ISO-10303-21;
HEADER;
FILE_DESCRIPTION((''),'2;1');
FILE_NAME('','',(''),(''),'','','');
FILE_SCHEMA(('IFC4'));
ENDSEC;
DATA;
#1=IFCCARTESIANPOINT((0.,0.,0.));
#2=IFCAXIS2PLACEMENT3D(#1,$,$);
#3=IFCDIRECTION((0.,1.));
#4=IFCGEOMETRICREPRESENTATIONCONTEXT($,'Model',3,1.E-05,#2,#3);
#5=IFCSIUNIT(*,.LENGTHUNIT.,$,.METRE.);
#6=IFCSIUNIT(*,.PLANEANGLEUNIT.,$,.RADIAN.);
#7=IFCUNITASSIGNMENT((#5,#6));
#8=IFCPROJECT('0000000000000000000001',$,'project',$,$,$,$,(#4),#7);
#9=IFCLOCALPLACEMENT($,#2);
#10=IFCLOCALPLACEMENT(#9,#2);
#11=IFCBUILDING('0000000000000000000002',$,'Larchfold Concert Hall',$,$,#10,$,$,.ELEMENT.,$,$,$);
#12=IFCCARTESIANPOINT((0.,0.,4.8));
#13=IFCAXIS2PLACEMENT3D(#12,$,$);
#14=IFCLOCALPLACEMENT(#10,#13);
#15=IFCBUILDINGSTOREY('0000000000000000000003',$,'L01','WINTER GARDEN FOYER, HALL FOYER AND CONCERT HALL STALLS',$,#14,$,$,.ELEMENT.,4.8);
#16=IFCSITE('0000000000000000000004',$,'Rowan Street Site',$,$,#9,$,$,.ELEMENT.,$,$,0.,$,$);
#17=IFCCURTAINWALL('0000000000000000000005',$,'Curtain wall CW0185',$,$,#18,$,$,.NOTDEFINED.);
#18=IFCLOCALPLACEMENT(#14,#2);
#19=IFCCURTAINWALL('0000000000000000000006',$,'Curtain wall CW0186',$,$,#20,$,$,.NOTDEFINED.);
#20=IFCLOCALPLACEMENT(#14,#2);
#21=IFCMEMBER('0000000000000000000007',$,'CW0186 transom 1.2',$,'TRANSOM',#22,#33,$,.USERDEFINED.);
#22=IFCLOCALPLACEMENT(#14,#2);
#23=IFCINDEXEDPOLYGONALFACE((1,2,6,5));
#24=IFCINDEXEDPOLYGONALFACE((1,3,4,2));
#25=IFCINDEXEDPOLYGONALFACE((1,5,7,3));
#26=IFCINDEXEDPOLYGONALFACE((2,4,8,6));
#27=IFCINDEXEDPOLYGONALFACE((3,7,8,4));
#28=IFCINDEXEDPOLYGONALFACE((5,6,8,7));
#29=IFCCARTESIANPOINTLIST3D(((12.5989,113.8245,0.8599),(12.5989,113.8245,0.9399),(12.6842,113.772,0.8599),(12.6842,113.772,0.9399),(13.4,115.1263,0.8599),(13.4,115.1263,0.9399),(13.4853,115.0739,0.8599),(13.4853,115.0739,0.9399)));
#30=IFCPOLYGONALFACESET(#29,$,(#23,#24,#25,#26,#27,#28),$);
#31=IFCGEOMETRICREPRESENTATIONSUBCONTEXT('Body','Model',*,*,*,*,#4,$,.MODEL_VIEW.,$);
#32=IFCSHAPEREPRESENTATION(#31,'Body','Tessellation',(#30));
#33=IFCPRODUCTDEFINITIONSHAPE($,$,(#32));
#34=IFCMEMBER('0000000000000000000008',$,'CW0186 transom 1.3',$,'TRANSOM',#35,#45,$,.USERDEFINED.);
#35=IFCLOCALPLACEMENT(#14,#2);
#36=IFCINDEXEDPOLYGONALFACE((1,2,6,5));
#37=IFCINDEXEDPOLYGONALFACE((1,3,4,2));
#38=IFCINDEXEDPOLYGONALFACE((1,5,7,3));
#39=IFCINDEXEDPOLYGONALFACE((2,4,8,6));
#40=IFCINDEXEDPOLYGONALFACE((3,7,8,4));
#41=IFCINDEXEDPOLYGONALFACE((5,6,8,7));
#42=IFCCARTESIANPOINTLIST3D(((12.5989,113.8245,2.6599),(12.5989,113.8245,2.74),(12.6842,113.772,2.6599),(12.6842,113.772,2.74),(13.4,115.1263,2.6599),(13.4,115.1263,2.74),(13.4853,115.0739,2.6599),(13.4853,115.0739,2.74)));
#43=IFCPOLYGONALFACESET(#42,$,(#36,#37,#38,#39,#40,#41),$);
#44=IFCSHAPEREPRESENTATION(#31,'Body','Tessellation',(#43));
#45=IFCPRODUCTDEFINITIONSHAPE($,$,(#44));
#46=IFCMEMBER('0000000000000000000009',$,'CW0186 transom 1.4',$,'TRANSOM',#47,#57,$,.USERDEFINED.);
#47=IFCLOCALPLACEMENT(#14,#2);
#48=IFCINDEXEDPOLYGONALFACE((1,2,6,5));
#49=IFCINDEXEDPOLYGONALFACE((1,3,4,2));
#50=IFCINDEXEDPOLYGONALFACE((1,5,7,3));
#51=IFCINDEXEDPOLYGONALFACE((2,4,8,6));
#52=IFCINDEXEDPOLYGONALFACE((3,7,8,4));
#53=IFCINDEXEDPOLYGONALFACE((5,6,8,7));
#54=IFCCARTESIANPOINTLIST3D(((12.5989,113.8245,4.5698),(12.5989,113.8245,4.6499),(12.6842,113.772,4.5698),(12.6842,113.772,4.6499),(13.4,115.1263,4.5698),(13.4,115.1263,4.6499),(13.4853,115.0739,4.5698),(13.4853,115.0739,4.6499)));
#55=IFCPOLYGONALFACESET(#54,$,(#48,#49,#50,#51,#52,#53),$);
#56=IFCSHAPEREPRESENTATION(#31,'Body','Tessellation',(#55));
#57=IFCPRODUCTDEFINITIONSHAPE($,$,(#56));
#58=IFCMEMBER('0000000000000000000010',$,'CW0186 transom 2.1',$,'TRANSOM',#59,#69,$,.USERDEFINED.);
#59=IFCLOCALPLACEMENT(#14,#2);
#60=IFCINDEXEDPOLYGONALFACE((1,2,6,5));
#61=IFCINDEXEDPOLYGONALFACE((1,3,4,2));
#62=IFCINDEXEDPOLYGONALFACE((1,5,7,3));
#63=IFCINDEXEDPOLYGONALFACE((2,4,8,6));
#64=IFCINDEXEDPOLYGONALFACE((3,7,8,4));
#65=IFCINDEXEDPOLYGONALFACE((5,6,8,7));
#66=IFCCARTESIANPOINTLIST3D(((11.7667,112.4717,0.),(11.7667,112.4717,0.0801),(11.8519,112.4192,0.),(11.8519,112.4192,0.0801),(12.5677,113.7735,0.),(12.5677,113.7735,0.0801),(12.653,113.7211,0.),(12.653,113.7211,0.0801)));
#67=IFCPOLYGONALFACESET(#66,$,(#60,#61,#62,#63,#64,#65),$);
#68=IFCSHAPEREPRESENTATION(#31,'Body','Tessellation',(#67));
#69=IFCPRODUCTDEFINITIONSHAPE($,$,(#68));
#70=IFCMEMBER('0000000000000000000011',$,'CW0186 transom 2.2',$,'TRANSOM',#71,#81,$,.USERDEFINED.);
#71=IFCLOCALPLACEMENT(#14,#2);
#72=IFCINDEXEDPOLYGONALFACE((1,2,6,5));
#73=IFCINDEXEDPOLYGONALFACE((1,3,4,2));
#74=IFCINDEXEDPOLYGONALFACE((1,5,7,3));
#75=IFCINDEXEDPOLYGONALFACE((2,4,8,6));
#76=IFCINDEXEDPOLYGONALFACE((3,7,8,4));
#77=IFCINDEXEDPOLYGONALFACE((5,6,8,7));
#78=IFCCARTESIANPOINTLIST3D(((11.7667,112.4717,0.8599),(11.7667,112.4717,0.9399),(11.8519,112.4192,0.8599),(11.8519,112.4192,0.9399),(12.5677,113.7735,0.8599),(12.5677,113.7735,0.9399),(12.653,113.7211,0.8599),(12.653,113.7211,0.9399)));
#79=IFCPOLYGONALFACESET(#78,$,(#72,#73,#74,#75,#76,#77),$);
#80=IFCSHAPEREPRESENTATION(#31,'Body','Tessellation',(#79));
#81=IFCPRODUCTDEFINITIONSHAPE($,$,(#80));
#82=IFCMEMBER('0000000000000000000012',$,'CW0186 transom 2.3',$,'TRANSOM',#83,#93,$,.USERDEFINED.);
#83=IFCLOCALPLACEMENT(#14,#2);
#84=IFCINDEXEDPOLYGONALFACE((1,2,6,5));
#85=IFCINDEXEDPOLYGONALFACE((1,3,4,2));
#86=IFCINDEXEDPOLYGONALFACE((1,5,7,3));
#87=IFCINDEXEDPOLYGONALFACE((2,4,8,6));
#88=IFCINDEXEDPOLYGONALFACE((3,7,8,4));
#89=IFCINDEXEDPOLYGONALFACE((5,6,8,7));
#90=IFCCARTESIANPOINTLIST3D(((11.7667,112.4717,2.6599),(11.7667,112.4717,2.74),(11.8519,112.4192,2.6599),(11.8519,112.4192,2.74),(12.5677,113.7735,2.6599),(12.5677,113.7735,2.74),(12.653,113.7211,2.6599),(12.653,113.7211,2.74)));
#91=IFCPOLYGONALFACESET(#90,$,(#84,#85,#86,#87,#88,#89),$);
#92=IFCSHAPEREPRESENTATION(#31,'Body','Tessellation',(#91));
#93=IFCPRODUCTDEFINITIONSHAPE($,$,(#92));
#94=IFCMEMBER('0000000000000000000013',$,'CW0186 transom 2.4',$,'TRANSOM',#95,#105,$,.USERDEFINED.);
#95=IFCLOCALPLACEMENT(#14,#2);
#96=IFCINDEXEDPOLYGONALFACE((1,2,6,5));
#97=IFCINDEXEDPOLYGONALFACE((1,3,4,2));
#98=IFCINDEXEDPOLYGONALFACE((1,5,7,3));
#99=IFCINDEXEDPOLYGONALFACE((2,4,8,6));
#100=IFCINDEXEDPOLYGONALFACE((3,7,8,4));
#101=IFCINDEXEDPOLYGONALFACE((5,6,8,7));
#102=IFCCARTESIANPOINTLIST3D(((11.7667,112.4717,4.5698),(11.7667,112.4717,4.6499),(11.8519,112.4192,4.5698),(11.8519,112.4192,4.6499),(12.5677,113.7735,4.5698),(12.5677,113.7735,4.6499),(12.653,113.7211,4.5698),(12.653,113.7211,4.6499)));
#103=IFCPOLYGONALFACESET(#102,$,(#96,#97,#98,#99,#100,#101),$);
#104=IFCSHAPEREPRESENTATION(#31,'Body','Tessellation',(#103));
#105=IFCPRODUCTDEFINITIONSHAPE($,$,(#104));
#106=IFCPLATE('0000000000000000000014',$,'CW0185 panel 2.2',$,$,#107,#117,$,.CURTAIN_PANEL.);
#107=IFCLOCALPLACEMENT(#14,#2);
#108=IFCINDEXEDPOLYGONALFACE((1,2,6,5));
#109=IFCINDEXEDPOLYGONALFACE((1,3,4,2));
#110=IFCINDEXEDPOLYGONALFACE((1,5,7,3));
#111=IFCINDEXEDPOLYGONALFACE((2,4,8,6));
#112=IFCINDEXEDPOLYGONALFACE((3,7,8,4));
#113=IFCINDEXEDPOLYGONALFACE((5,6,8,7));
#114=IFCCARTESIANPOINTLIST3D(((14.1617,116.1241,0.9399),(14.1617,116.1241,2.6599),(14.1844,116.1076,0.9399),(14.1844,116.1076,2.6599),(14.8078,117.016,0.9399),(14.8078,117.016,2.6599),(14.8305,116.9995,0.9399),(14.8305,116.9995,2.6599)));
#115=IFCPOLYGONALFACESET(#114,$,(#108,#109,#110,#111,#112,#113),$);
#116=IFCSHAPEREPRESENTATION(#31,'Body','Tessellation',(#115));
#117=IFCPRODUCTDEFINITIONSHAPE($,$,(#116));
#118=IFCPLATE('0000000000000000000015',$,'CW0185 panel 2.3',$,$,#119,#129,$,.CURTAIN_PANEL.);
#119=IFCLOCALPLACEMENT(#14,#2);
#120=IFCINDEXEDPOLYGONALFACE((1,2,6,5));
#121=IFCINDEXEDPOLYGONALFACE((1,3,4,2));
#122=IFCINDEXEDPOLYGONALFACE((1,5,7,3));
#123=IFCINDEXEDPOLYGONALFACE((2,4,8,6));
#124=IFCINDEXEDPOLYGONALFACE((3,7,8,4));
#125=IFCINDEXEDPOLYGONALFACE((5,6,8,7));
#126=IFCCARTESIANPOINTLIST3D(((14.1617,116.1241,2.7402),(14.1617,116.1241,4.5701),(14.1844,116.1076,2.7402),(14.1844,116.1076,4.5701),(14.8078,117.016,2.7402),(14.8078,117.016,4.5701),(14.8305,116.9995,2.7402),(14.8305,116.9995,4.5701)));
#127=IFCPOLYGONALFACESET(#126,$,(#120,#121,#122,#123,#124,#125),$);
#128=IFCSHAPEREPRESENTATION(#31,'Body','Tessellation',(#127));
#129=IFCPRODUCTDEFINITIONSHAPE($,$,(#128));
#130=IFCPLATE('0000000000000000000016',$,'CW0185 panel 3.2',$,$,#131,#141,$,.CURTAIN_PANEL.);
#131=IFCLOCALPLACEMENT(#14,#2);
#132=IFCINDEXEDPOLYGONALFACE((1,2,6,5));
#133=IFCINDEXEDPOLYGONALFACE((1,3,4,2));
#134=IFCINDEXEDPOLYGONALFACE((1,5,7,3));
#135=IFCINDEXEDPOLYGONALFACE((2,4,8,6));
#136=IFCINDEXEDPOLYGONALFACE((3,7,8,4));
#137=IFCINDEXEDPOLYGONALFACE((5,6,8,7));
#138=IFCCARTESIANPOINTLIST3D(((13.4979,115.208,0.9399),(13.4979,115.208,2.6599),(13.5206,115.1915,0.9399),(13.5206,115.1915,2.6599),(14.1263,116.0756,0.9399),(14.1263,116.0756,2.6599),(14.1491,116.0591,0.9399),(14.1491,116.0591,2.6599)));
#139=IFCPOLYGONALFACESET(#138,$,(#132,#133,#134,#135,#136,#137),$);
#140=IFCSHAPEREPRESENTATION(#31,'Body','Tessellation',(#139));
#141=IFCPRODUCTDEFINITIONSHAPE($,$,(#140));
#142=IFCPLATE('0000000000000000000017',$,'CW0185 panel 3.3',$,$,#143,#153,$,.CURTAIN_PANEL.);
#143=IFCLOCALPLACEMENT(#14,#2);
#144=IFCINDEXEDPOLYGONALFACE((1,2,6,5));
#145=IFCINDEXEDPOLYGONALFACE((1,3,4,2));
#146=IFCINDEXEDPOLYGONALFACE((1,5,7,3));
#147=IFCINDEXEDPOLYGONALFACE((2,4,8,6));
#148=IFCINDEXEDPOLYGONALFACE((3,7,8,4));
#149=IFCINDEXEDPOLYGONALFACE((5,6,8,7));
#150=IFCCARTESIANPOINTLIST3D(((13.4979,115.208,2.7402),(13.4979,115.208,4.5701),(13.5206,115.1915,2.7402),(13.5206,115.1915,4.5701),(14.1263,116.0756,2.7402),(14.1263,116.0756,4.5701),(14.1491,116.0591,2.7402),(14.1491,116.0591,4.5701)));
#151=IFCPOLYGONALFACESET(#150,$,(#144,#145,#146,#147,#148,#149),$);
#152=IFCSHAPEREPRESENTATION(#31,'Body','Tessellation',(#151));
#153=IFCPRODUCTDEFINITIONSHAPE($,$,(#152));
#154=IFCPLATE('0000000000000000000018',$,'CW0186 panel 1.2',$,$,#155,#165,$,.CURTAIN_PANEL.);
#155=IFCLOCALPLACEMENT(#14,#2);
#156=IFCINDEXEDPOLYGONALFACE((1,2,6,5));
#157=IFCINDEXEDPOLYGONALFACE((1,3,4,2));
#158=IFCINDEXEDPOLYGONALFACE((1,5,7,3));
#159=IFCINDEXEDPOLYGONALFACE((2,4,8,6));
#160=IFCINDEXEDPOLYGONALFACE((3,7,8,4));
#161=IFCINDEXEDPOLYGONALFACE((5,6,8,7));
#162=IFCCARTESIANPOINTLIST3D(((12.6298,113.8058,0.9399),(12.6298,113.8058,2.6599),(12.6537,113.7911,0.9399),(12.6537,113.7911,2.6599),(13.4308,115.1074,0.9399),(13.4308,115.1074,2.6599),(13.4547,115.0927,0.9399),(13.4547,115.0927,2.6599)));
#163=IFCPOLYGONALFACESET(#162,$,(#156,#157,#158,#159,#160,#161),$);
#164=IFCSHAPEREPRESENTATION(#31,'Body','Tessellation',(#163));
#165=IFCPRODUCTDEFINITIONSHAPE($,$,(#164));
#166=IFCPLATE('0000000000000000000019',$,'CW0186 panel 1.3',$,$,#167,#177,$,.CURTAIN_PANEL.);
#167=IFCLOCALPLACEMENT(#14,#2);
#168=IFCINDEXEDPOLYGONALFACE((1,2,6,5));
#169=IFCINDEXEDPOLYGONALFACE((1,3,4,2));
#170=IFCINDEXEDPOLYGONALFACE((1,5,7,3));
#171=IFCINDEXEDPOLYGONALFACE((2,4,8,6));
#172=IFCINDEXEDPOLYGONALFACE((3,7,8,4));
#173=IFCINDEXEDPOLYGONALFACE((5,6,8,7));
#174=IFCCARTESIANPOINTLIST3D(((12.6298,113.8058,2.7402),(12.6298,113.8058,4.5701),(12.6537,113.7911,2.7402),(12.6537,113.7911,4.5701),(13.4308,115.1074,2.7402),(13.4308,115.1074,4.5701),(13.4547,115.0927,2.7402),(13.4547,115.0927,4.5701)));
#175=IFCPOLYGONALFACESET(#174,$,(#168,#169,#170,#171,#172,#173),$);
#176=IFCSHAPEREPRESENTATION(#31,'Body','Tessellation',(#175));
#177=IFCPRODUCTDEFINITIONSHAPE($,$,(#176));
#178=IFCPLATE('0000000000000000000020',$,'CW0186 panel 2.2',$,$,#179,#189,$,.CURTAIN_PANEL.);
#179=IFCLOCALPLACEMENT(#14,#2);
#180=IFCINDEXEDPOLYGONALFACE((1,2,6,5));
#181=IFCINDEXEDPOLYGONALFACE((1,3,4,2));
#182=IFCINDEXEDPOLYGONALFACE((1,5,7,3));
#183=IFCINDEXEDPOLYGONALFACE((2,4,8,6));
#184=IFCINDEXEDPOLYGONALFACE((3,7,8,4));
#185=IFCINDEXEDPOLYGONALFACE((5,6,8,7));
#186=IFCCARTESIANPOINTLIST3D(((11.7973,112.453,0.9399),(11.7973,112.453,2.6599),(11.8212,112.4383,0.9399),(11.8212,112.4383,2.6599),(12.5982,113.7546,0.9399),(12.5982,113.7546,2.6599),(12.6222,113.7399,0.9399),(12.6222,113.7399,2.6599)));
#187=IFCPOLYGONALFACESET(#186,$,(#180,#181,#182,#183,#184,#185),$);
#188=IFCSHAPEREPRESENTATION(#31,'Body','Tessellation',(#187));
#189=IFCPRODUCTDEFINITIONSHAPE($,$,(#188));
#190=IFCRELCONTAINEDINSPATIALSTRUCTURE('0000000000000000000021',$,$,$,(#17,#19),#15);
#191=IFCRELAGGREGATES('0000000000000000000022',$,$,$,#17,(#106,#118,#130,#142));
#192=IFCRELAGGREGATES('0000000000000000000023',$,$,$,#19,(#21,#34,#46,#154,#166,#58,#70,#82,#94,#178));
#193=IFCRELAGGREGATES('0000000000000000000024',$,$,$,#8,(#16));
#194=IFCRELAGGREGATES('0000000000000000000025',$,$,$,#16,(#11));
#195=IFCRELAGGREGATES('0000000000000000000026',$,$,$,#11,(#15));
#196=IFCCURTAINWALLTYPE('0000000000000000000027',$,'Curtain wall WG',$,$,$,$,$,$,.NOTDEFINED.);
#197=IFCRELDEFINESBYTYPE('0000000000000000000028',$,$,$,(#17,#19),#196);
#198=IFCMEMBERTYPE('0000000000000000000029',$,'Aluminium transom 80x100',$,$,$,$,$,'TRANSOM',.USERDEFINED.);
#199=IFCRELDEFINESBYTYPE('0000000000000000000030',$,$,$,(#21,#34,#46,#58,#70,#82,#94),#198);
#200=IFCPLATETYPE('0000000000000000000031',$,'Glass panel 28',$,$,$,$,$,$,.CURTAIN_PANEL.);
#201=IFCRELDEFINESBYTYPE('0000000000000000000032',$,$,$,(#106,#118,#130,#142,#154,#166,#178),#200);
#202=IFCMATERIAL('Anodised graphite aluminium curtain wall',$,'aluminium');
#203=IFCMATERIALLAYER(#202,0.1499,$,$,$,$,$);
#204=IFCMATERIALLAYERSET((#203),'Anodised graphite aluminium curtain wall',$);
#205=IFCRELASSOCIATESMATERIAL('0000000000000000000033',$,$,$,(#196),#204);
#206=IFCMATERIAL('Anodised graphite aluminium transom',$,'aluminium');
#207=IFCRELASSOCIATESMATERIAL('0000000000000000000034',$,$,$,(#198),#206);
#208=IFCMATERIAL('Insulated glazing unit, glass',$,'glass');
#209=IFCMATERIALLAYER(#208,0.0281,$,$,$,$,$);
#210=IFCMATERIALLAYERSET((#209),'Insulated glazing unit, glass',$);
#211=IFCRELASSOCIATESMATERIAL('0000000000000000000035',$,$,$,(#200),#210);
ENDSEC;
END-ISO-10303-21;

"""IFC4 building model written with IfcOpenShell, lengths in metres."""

from ifc_helpers import new_model, si_unit, direction, frame, origin, origin_2d, place, context, subcontext, project, spatial, rectangle, extrude, material, layer, layer_set, material_profile, profile_set, type_object, element, aggregate, save


model = new_model("IFC4")

# Units and contexts
model_context = context("Model", 3, precision=1e-05, world=origin(), true_north=direction((0.0, 1.0)))
body_context = subcontext(model_context, "Body", "Model", "MODEL_VIEW")
ifc_project = project(units=[si_unit("LENGTHUNIT", "METRE"), si_unit("PLANEANGLEUNIT", "RADIAN")], contexts=[model_context])

# Site, building, storey
site_placement = place(None, origin())
site = spatial("IfcSite", under=ifc_project, at=site_placement, Name="Rowan Street Site", CompositionType="ELEMENT", RefElevation=0.0)
building_placement = place(site_placement, origin())
building = spatial("IfcBuilding", under=site, at=building_placement, Name="Larchfold Concert Hall", CompositionType="ELEMENT")
storey_placement = place(building_placement, frame((0.0, 0.0, 4.8)))
storey = spatial("IfcBuildingStorey", under=building, at=storey_placement, Name="L01", Description="WINTER GARDEN FOYER, HALL FOYER AND CONCERT HALL STALLS", CompositionType="ELEMENT", Elevation=4.8)

# Curtain walls
ifc_material_1 = material(Name="Anodised graphite aluminium curtain wall", Category="aluminium")
ifc_layer_1 = layer(ifc_material_1, 0.1499)
ifc_layer_set_1 = layer_set([ifc_layer_1], Name="Anodised graphite aluminium curtain wall")
curtain_wall_type = type_object("IfcCurtainWallType", Name="Curtain wall WG", PredefinedType="NOTDEFINED", material=ifc_layer_set_1)
curtain_wall_1_placement = place(storey_placement, origin())
curtain_wall_1 = element("IfcCurtainWall", 1, at=curtain_wall_1_placement, inside=storey, type_object=curtain_wall_type, Name="Curtain wall CW0185", PredefinedType="NOTDEFINED")
curtain_wall_2_placement = place(storey_placement, origin())
curtain_wall_2 = element("IfcCurtainWall", 2, at=curtain_wall_2_placement, inside=storey, type_object=curtain_wall_type, Name="Curtain wall CW0186", PredefinedType="NOTDEFINED")

# Members
ifc_material_2 = material(Name="Anodised graphite aluminium transom", Category="aluminium")
ifc_material_profile_1 = material_profile(ifc_material_2, rectangle(XDim=0.1001, YDim=0.0801, at=origin_2d()))
ifc_profile_set_1 = profile_set([ifc_material_profile_1], Name="Anodised graphite aluminium transom")
member_type_1 = type_object("IfcMemberType", Name="Aluminium transom 80x100", ElementType="TRANSOM", PredefinedType="USERDEFINED", material=ifc_profile_set_1)
member_1_placement = place(storey_placement, frame((13.4426, 115.1001, 0.8999), z_axis=(-0.524071, -0.851675, 0.0), x_axis=(0.851675, -0.524071, 0.0)))
member_1 = element("IfcMember", 3, at=member_1_placement, type_object=member_type_1, Name="CW0186 transom 1.2", ObjectType="TRANSOM", PredefinedType="USERDEFINED", context=body_context, shape_type="SweptSolid", body=[
    extrude(rectangle(XDim=0.1001, YDim=0.0801, at=origin_2d()), origin(), (0.0, 0.0, 1.0), 1.5286),
])
member_2_placement = place(storey_placement, frame((13.4426, 115.1001, 2.7), z_axis=(-0.524071, -0.851675, 0.0), x_axis=(0.851675, -0.524071, 0.0)))
member_2 = element("IfcMember", 4, at=member_2_placement, type_object=member_type_1, Name="CW0186 transom 1.3", ObjectType="TRANSOM", PredefinedType="USERDEFINED", context=body_context, shape_type="SweptSolid", body=[
    extrude(rectangle(XDim=0.1001, YDim=0.0801, at=origin_2d()), origin(), (0.0, 0.0, 1.0), 1.5286),
])
member_3_placement = place(storey_placement, frame((13.4426, 115.1001, 4.6099), z_axis=(-0.524071, -0.851675, 0.0), x_axis=(0.851675, -0.524071, 0.0)))
member_3 = element("IfcMember", 5, at=member_3_placement, type_object=member_type_1, Name="CW0186 transom 1.4", ObjectType="TRANSOM", PredefinedType="USERDEFINED", context=body_context, shape_type="SweptSolid", body=[
    extrude(rectangle(XDim=0.1001, YDim=0.0801, at=origin_2d()), origin(), (0.0, 0.0, 1.0), 1.5286),
])
member_4_placement = place(storey_placement, frame((12.6104, 113.7473, 0.04), z_axis=(-0.524071, -0.851675, 0.0), x_axis=(0.851675, -0.524071, 0.0)))
member_4 = element("IfcMember", 6, at=member_4_placement, type_object=member_type_1, Name="CW0186 transom 2.1", ObjectType="TRANSOM", PredefinedType="USERDEFINED", context=body_context, shape_type="SweptSolid", body=[
    extrude(rectangle(XDim=0.1001, YDim=0.0801, at=origin_2d()), origin(), (0.0, 0.0, 1.0), 1.5286),
])
member_5_placement = place(storey_placement, frame((12.6104, 113.7473, 0.8999), z_axis=(-0.524071, -0.851675, 0.0), x_axis=(0.851675, -0.524071, 0.0)))
member_5 = element("IfcMember", 7, at=member_5_placement, type_object=member_type_1, Name="CW0186 transom 2.2", ObjectType="TRANSOM", PredefinedType="USERDEFINED", context=body_context, shape_type="SweptSolid", body=[
    extrude(rectangle(XDim=0.1001, YDim=0.0801, at=origin_2d()), origin(), (0.0, 0.0, 1.0), 1.5286),
])
member_6_placement = place(storey_placement, frame((12.6104, 113.7473, 2.7), z_axis=(-0.524071, -0.851675, 0.0), x_axis=(0.851675, -0.524071, 0.0)))
member_6 = element("IfcMember", 8, at=member_6_placement, type_object=member_type_1, Name="CW0186 transom 2.3", ObjectType="TRANSOM", PredefinedType="USERDEFINED", context=body_context, shape_type="SweptSolid", body=[
    extrude(rectangle(XDim=0.1001, YDim=0.0801, at=origin_2d()), origin(), (0.0, 0.0, 1.0), 1.5286),
])
member_7_placement = place(storey_placement, frame((12.6104, 113.7473, 4.6099), z_axis=(-0.524071, -0.851675, 0.0), x_axis=(0.851675, -0.524071, 0.0)))
member_7 = element("IfcMember", 9, at=member_7_placement, type_object=member_type_1, Name="CW0186 transom 2.4", ObjectType="TRANSOM", PredefinedType="USERDEFINED", context=body_context, shape_type="SweptSolid", body=[
    extrude(rectangle(XDim=0.1001, YDim=0.0801, at=origin_2d()), origin(), (0.0, 0.0, 1.0), 1.5286),
])

# Plates
ifc_material_3 = material(Name="Insulated glazing unit, glass", Category="glass")
ifc_layer_2 = layer(ifc_material_3, 0.0281)
ifc_layer_set_2 = layer_set([ifc_layer_2], Name="Insulated glazing unit, glass")
plate_type_1 = type_object("IfcPlateType", Name="Glass panel 28", PredefinedType="CURTAIN_PANEL", material=ifc_layer_set_2)
plate_1_placement = place(storey_placement, frame((14.4961, 116.5618, 0.9399), z_axis=(0.0, 0.0, 1.0), x_axis=(-0.586641, -0.809847, 0.0)))
plate_1 = element("IfcPlate", 10, at=plate_1_placement, type_object=plate_type_1, Name="CW0185 panel 2.2", PredefinedType="CURTAIN_PANEL", context=body_context, shape_type="SweptSolid", body=[
    extrude(rectangle(XDim=1.1013, YDim=0.0281, at=origin_2d()), origin(), (0.0, 0.0, 1.0), 1.72),
])
plate_2_placement = place(storey_placement, frame((14.4961, 116.5618, 2.7402), z_axis=(0.0, 0.0, 1.0), x_axis=(-0.586641, -0.809847, 0.0)))
plate_2 = element("IfcPlate", 11, at=plate_2_placement, type_object=plate_type_1, Name="CW0185 panel 2.3", PredefinedType="CURTAIN_PANEL", context=body_context, shape_type="SweptSolid", body=[
    extrude(rectangle(XDim=1.1013, YDim=0.0281, at=origin_2d()), origin(), (0.0, 0.0, 1.0), 1.8298),
])
plate_3_placement = place(storey_placement, frame((13.8235, 115.6335, 0.9399), z_axis=(0.0, 0.0, 1.0), x_axis=(-0.586641, -0.809847, 0.0)))
plate_3 = element("IfcPlate", 12, at=plate_3_placement, type_object=plate_type_1, Name="CW0185 panel 3.2", PredefinedType="CURTAIN_PANEL", context=body_context, shape_type="SweptSolid", body=[
    extrude(rectangle(XDim=1.0713, YDim=0.0281, at=origin_2d()), origin(), (0.0, 0.0, 1.0), 1.72),
])
plate_4_placement = place(storey_placement, frame((13.8235, 115.6335, 2.7402), z_axis=(0.0, 0.0, 1.0), x_axis=(-0.586641, -0.809847, 0.0)))
plate_4 = element("IfcPlate", 13, at=plate_4_placement, type_object=plate_type_1, Name="CW0185 panel 3.3", PredefinedType="CURTAIN_PANEL", context=body_context, shape_type="SweptSolid", body=[
    extrude(rectangle(XDim=1.0713, YDim=0.0281, at=origin_2d()), origin(), (0.0, 0.0, 1.0), 1.8298),
])
plate_5_placement = place(storey_placement, frame((13.0422, 114.4492, 0.9399), z_axis=(0.0, 0.0, 1.0), x_axis=(-0.524081, -0.851669, 0.0)))
plate_5 = element("IfcPlate", 14, at=plate_5_placement, type_object=plate_type_1, Name="CW0186 panel 1.2", PredefinedType="CURTAIN_PANEL", context=body_context, shape_type="SweptSolid", body=[
    extrude(rectangle(XDim=1.5283, YDim=0.0281, at=origin_2d()), origin(), (0.0, 0.0, 1.0), 1.72),
])
plate_6_placement = place(storey_placement, frame((13.0422, 114.4492, 2.7402), z_axis=(0.0, 0.0, 1.0), x_axis=(-0.524081, -0.851669, 0.0)))
plate_6 = element("IfcPlate", 15, at=plate_6_placement, type_object=plate_type_1, Name="CW0186 panel 1.3", PredefinedType="CURTAIN_PANEL", context=body_context, shape_type="SweptSolid", body=[
    extrude(rectangle(XDim=1.5283, YDim=0.0281, at=origin_2d()), origin(), (0.0, 0.0, 1.0), 1.8298),
])
plate_7_placement = place(storey_placement, frame((12.2097, 113.0964, 0.9399), z_axis=(0.0, 0.0, 1.0), x_axis=(-0.524081, -0.851669, 0.0)))
plate_7 = element("IfcPlate", 16, at=plate_7_placement, type_object=plate_type_1, Name="CW0186 panel 2.2", PredefinedType="CURTAIN_PANEL", context=body_context, shape_type="SweptSolid", body=[
    extrude(rectangle(XDim=1.5283, YDim=0.0281, at=origin_2d()), origin(), (0.0, 0.0, 1.0), 1.72),
])
aggregate(curtain_wall_1, [plate_1, plate_2, plate_3, plate_4])
aggregate(curtain_wall_2, [member_1, member_2, member_3, plate_5, plate_6, member_4, member_5, member_6, member_7, plate_7])

save(model, "model.ifc")
